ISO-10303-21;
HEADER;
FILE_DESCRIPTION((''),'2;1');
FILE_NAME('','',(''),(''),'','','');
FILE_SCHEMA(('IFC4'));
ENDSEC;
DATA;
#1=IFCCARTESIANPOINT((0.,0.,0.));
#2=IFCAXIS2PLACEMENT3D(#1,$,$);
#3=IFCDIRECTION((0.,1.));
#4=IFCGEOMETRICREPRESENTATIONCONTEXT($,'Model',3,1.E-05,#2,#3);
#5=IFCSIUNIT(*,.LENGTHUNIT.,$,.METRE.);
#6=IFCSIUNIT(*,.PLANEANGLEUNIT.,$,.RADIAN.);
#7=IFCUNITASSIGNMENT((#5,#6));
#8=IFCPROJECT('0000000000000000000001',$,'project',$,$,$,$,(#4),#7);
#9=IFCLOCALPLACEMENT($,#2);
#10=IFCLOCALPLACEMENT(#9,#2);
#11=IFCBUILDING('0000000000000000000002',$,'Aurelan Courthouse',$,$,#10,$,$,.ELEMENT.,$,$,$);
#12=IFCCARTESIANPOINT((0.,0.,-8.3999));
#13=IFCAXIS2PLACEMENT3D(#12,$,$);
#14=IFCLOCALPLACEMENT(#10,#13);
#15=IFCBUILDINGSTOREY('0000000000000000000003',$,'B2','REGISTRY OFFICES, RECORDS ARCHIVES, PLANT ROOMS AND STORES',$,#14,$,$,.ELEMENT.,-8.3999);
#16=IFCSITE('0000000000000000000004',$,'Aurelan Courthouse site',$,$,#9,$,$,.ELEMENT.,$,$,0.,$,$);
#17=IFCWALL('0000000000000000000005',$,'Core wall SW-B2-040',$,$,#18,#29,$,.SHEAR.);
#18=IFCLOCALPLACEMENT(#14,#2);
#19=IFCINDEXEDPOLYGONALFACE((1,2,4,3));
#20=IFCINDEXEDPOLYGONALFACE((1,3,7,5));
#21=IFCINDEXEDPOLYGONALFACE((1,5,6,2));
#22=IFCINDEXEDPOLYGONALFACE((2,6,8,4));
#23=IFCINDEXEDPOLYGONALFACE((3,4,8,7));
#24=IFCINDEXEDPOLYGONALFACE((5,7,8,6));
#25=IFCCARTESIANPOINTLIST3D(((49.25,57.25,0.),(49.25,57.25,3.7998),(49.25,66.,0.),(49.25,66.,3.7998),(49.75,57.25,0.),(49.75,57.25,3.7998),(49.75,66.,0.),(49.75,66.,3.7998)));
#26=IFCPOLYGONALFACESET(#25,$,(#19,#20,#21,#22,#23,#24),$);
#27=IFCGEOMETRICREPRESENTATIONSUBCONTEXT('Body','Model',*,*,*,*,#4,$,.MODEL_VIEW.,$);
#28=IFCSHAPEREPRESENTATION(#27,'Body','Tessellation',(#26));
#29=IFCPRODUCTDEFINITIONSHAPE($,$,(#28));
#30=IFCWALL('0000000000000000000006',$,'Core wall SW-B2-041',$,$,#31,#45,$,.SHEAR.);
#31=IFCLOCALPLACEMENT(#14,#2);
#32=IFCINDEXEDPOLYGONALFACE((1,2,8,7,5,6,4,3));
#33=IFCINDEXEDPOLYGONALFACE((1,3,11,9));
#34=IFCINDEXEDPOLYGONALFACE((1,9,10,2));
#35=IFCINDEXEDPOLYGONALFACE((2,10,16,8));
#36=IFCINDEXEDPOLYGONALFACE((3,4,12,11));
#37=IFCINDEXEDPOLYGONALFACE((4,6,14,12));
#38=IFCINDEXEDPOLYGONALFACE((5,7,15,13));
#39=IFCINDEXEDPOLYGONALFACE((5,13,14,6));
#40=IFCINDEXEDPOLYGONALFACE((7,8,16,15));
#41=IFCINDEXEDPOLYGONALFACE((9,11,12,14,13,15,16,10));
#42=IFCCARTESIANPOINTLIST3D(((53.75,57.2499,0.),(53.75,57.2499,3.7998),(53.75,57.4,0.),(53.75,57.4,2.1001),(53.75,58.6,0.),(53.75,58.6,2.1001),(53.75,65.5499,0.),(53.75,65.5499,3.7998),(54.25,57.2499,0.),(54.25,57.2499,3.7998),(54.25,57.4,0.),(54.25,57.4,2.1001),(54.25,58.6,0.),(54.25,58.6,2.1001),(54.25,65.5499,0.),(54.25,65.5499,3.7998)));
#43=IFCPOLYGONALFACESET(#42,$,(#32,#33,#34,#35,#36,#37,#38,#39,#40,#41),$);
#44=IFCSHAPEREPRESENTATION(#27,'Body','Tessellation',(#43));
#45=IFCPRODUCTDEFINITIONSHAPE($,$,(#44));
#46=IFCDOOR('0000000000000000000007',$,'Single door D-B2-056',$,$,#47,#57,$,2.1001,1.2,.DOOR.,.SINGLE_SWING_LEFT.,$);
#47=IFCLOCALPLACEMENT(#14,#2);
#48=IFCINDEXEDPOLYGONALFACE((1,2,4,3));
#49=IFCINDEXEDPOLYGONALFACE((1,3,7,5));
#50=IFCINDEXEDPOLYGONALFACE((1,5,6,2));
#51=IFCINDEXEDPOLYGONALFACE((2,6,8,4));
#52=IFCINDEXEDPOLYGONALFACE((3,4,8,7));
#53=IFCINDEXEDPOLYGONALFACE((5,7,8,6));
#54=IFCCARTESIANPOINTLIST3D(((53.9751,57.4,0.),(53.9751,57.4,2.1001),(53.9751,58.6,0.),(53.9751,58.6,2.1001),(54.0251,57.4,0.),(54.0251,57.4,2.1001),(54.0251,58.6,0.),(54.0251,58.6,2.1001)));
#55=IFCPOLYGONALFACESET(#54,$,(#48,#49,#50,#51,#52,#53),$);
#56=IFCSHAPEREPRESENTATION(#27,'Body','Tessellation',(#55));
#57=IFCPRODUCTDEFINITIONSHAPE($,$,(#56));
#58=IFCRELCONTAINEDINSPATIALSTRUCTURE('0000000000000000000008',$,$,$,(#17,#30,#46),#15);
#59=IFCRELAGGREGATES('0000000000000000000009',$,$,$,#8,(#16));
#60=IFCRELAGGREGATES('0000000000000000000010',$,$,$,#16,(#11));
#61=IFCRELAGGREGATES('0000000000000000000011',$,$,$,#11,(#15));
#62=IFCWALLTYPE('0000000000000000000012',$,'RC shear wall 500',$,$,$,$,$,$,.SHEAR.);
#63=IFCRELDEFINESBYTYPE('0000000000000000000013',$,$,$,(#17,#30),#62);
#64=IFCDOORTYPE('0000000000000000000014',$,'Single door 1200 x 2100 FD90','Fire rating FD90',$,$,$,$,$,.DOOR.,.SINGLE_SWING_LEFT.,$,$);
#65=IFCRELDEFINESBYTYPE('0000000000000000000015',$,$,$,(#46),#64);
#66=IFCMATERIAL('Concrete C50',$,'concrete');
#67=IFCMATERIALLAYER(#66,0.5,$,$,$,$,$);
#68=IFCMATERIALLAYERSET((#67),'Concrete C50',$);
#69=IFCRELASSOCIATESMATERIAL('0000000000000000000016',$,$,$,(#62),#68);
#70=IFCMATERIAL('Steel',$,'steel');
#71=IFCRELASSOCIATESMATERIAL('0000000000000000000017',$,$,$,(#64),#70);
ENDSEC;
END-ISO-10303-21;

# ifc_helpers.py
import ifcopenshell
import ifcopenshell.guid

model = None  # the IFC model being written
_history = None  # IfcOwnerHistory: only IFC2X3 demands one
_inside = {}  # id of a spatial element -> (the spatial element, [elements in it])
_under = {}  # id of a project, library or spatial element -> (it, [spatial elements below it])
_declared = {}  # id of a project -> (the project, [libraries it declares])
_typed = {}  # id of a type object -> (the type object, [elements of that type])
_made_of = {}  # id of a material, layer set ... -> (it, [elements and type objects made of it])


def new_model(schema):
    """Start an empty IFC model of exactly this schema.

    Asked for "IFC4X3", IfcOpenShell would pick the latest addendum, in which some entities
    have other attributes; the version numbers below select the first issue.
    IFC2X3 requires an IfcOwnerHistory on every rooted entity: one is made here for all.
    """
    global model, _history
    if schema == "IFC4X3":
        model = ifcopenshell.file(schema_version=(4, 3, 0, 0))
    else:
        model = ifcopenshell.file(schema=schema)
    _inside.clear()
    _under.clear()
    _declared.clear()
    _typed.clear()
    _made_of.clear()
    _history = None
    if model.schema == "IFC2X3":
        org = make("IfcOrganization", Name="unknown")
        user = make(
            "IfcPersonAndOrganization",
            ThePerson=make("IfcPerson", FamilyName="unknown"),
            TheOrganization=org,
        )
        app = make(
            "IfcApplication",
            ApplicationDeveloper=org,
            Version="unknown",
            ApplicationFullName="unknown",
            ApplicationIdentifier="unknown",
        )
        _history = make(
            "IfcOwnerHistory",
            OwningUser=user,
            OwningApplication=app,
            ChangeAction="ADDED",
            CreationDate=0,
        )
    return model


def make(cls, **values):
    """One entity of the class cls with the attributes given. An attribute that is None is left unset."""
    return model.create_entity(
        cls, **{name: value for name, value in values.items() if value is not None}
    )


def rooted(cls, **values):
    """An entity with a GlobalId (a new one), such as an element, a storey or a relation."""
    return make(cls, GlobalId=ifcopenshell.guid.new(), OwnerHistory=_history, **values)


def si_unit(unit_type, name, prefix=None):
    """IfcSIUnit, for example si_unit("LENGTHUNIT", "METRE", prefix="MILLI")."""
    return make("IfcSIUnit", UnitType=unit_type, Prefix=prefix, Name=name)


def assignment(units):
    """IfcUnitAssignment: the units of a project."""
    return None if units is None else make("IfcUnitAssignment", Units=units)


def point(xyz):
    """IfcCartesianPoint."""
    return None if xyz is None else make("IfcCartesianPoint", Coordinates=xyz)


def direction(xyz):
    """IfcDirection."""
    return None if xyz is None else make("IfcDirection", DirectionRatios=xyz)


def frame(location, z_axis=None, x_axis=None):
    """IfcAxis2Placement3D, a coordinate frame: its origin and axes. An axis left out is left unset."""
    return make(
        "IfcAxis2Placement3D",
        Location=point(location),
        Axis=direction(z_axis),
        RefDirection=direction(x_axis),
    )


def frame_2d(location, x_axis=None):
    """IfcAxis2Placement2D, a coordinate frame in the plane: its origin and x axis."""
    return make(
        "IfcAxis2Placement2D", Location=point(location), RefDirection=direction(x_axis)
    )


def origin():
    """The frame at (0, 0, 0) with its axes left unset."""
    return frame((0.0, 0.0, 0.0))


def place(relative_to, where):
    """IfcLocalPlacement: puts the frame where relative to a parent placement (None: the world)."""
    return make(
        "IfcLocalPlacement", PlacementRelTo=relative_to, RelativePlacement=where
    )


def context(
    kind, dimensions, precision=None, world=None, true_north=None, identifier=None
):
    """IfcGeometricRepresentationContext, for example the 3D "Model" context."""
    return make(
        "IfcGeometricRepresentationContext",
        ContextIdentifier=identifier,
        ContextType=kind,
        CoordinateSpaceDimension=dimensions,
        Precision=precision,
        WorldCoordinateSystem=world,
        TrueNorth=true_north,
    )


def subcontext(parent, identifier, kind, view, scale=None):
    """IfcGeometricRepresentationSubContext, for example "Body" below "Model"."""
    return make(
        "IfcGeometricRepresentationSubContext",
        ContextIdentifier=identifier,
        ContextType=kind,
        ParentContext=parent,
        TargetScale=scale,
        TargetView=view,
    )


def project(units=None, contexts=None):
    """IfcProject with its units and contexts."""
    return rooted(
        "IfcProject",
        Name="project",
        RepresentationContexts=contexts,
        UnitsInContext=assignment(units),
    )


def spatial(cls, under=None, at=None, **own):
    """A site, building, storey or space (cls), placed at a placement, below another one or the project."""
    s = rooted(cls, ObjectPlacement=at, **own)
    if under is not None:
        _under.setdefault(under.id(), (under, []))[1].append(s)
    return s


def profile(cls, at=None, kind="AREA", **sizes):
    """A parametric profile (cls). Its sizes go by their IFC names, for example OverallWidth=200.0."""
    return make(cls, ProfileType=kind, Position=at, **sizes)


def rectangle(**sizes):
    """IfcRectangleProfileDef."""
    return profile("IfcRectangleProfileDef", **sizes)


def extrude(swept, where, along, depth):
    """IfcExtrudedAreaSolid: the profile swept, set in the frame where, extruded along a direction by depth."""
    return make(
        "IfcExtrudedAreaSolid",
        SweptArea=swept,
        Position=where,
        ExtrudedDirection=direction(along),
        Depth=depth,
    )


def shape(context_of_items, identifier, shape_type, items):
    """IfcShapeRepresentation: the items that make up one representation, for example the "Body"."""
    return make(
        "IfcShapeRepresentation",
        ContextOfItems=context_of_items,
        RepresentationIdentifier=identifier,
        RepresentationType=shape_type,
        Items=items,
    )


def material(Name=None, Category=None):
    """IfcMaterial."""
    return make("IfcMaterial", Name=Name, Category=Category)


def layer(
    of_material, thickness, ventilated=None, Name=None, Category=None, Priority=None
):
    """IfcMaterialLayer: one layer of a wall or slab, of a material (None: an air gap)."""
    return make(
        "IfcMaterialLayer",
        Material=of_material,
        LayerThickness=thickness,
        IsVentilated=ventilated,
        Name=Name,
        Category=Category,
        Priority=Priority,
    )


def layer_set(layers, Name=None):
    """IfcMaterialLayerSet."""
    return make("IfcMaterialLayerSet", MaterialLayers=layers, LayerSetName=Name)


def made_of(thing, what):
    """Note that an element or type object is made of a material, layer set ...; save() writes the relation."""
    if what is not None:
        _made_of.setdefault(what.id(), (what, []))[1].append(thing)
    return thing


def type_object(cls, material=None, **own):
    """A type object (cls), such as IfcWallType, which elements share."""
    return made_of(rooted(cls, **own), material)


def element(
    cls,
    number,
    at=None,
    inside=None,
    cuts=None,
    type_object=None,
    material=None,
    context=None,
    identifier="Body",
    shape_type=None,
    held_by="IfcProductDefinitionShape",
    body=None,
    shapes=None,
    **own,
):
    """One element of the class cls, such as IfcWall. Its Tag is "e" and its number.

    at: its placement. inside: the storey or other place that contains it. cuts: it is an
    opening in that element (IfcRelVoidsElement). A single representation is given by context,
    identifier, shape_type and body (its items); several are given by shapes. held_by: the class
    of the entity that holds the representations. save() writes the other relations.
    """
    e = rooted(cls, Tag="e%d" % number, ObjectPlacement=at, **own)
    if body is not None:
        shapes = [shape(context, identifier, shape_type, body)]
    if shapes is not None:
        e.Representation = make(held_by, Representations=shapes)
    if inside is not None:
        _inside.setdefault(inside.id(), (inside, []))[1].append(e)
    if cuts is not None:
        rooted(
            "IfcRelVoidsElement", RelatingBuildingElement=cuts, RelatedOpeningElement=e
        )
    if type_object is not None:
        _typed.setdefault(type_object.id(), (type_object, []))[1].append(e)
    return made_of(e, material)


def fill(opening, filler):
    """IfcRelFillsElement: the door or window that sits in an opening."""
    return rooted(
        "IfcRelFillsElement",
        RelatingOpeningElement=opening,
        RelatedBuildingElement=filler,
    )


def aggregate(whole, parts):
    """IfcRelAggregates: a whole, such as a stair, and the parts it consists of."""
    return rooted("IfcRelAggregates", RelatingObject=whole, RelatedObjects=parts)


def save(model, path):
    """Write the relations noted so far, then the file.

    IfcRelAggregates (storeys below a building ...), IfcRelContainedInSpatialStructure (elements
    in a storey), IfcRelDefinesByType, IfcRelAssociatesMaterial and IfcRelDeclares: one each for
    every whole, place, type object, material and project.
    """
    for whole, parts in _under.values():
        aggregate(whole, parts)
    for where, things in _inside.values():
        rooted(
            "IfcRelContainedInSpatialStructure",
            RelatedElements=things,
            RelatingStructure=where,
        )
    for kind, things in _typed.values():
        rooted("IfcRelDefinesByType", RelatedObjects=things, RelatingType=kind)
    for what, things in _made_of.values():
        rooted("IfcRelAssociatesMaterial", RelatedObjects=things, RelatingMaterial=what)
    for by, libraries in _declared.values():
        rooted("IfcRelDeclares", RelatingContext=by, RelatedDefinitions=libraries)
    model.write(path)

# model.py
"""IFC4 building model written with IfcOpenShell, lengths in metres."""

from ifc_helpers import new_model, si_unit, direction, frame, frame_2d, origin, place, context, subcontext, project, spatial, rectangle, extrude, material, layer, layer_set, type_object, element, fill, save


model = new_model("IFC4")

# Units and contexts
model_context = context("Model", 3, precision=1e-05, world=origin(), true_north=direction((0.0, 1.0)))
body_context = subcontext(model_context, "Body", "Model", "MODEL_VIEW")
ifc_project = project(units=[si_unit("LENGTHUNIT", "METRE"), si_unit("PLANEANGLEUNIT", "RADIAN")], contexts=[model_context])

# Site, building, storey
site_placement = place(None, origin())
site = spatial("IfcSite", under=ifc_project, at=site_placement, Name="Aurelan Courthouse site", CompositionType="ELEMENT", RefElevation=0.0)
building_placement = place(site_placement, origin())
building = spatial("IfcBuilding", under=site, at=building_placement, Name="Aurelan Courthouse", CompositionType="ELEMENT")
storey_placement = place(building_placement, frame((0.0, 0.0, -8.3999)))
storey = spatial("IfcBuildingStorey", under=building, at=storey_placement, Name="B2", Description="REGISTRY OFFICES, RECORDS ARCHIVES, PLANT ROOMS AND STORES", CompositionType="ELEMENT", Elevation=-8.3999)

# Shared definitions
ifc_material_1 = material(Name="Concrete C50", Category="concrete")

# Shared definitions
ifc_material_2 = material(Name="Steel", Category="steel")
ifc_layer_1 = layer(ifc_material_1, 0.5)
ifc_layer_set_1 = layer_set([ifc_layer_1], Name="Concrete C50")
wall_type_1 = type_object("IfcWallType", Name="RC shear wall 500", PredefinedType="SHEAR", material=ifc_layer_set_1)
door_type_1 = type_object("IfcDoorType", Name="Single door 1200 x 2100 FD90", Description="Fire rating FD90", OperationType="SINGLE_SWING_LEFT", PredefinedType="DOOR", material=ifc_material_2)

# Wall
wall_1_placement = place(storey_placement, frame((49.5, 57.25, 0.0), z_axis=(0.0, 0.0, 1.0), x_axis=(0.0, 1.0, 0.0)))
element("IfcWall", 1, at=wall_1_placement, inside=storey, type_object=wall_type_1, Name="Core wall SW-B2-040", PredefinedType="SHEAR", context=body_context, shape_type="SweptSolid", body=[
    extrude(rectangle(XDim=8.75, YDim=0.5, at=frame_2d((4.375, 0.0))), origin(), (0.0, 0.0, 1.0), 3.7998),
])

# Wall, opening, door
wall_2_placement = place(storey_placement, frame((54.0, 57.25, 0.0), z_axis=(0.0, 0.0, 1.0), x_axis=(0.0, 1.0, 0.0)))
wall_2 = element("IfcWall", 2, at=wall_2_placement, inside=storey, type_object=wall_type_1, Name="Core wall SW-B2-041", PredefinedType="SHEAR", context=body_context, shape_type="SweptSolid", body=[
    extrude(rectangle(XDim=8.3, YDim=0.5, at=frame_2d((4.1499, 0.0))), origin(), (0.0, 0.0, 1.0), 3.7998),
])
opening_1_placement = place(wall_2_placement, frame((0.1499, 0.0, 0.0)))
opening_1 = element("IfcOpeningElement", 3, at=opening_1_placement, cuts=wall_2, PredefinedType="OPENING", context=body_context, shape_type="SweptSolid", body=[
    extrude(rectangle(XDim=1.2, YDim=2.1001, at=frame_2d((0.6001, 1.05))), frame((0.0, 0.26, 0.0), z_axis=(0.0, -1.0, 0.0), x_axis=(1.0, 0.0, 0.0)), (0.0, 0.0, 1.0), 0.52),
])
door_1_placement = place(opening_1_placement, origin())
door_1 = element("IfcDoor", 4, at=door_1_placement, inside=storey, type_object=door_type_1, Name="Single door D-B2-056", OperationType="SINGLE_SWING_LEFT", OverallHeight=2.1001, OverallWidth=1.2, PredefinedType="DOOR", context=body_context, shape_type="SweptSolid", body=[
    extrude(rectangle(XDim=1.2, YDim=2.1001, at=frame_2d((0.6001, 1.05))), frame((0.0, 0.0249, 0.0), z_axis=(0.0, -1.0, 0.0), x_axis=(1.0, 0.0, 0.0)), (0.0, 0.0, 1.0), 0.05),
])
fill(opening_1, door_1)

save(model, "model.ifc")
